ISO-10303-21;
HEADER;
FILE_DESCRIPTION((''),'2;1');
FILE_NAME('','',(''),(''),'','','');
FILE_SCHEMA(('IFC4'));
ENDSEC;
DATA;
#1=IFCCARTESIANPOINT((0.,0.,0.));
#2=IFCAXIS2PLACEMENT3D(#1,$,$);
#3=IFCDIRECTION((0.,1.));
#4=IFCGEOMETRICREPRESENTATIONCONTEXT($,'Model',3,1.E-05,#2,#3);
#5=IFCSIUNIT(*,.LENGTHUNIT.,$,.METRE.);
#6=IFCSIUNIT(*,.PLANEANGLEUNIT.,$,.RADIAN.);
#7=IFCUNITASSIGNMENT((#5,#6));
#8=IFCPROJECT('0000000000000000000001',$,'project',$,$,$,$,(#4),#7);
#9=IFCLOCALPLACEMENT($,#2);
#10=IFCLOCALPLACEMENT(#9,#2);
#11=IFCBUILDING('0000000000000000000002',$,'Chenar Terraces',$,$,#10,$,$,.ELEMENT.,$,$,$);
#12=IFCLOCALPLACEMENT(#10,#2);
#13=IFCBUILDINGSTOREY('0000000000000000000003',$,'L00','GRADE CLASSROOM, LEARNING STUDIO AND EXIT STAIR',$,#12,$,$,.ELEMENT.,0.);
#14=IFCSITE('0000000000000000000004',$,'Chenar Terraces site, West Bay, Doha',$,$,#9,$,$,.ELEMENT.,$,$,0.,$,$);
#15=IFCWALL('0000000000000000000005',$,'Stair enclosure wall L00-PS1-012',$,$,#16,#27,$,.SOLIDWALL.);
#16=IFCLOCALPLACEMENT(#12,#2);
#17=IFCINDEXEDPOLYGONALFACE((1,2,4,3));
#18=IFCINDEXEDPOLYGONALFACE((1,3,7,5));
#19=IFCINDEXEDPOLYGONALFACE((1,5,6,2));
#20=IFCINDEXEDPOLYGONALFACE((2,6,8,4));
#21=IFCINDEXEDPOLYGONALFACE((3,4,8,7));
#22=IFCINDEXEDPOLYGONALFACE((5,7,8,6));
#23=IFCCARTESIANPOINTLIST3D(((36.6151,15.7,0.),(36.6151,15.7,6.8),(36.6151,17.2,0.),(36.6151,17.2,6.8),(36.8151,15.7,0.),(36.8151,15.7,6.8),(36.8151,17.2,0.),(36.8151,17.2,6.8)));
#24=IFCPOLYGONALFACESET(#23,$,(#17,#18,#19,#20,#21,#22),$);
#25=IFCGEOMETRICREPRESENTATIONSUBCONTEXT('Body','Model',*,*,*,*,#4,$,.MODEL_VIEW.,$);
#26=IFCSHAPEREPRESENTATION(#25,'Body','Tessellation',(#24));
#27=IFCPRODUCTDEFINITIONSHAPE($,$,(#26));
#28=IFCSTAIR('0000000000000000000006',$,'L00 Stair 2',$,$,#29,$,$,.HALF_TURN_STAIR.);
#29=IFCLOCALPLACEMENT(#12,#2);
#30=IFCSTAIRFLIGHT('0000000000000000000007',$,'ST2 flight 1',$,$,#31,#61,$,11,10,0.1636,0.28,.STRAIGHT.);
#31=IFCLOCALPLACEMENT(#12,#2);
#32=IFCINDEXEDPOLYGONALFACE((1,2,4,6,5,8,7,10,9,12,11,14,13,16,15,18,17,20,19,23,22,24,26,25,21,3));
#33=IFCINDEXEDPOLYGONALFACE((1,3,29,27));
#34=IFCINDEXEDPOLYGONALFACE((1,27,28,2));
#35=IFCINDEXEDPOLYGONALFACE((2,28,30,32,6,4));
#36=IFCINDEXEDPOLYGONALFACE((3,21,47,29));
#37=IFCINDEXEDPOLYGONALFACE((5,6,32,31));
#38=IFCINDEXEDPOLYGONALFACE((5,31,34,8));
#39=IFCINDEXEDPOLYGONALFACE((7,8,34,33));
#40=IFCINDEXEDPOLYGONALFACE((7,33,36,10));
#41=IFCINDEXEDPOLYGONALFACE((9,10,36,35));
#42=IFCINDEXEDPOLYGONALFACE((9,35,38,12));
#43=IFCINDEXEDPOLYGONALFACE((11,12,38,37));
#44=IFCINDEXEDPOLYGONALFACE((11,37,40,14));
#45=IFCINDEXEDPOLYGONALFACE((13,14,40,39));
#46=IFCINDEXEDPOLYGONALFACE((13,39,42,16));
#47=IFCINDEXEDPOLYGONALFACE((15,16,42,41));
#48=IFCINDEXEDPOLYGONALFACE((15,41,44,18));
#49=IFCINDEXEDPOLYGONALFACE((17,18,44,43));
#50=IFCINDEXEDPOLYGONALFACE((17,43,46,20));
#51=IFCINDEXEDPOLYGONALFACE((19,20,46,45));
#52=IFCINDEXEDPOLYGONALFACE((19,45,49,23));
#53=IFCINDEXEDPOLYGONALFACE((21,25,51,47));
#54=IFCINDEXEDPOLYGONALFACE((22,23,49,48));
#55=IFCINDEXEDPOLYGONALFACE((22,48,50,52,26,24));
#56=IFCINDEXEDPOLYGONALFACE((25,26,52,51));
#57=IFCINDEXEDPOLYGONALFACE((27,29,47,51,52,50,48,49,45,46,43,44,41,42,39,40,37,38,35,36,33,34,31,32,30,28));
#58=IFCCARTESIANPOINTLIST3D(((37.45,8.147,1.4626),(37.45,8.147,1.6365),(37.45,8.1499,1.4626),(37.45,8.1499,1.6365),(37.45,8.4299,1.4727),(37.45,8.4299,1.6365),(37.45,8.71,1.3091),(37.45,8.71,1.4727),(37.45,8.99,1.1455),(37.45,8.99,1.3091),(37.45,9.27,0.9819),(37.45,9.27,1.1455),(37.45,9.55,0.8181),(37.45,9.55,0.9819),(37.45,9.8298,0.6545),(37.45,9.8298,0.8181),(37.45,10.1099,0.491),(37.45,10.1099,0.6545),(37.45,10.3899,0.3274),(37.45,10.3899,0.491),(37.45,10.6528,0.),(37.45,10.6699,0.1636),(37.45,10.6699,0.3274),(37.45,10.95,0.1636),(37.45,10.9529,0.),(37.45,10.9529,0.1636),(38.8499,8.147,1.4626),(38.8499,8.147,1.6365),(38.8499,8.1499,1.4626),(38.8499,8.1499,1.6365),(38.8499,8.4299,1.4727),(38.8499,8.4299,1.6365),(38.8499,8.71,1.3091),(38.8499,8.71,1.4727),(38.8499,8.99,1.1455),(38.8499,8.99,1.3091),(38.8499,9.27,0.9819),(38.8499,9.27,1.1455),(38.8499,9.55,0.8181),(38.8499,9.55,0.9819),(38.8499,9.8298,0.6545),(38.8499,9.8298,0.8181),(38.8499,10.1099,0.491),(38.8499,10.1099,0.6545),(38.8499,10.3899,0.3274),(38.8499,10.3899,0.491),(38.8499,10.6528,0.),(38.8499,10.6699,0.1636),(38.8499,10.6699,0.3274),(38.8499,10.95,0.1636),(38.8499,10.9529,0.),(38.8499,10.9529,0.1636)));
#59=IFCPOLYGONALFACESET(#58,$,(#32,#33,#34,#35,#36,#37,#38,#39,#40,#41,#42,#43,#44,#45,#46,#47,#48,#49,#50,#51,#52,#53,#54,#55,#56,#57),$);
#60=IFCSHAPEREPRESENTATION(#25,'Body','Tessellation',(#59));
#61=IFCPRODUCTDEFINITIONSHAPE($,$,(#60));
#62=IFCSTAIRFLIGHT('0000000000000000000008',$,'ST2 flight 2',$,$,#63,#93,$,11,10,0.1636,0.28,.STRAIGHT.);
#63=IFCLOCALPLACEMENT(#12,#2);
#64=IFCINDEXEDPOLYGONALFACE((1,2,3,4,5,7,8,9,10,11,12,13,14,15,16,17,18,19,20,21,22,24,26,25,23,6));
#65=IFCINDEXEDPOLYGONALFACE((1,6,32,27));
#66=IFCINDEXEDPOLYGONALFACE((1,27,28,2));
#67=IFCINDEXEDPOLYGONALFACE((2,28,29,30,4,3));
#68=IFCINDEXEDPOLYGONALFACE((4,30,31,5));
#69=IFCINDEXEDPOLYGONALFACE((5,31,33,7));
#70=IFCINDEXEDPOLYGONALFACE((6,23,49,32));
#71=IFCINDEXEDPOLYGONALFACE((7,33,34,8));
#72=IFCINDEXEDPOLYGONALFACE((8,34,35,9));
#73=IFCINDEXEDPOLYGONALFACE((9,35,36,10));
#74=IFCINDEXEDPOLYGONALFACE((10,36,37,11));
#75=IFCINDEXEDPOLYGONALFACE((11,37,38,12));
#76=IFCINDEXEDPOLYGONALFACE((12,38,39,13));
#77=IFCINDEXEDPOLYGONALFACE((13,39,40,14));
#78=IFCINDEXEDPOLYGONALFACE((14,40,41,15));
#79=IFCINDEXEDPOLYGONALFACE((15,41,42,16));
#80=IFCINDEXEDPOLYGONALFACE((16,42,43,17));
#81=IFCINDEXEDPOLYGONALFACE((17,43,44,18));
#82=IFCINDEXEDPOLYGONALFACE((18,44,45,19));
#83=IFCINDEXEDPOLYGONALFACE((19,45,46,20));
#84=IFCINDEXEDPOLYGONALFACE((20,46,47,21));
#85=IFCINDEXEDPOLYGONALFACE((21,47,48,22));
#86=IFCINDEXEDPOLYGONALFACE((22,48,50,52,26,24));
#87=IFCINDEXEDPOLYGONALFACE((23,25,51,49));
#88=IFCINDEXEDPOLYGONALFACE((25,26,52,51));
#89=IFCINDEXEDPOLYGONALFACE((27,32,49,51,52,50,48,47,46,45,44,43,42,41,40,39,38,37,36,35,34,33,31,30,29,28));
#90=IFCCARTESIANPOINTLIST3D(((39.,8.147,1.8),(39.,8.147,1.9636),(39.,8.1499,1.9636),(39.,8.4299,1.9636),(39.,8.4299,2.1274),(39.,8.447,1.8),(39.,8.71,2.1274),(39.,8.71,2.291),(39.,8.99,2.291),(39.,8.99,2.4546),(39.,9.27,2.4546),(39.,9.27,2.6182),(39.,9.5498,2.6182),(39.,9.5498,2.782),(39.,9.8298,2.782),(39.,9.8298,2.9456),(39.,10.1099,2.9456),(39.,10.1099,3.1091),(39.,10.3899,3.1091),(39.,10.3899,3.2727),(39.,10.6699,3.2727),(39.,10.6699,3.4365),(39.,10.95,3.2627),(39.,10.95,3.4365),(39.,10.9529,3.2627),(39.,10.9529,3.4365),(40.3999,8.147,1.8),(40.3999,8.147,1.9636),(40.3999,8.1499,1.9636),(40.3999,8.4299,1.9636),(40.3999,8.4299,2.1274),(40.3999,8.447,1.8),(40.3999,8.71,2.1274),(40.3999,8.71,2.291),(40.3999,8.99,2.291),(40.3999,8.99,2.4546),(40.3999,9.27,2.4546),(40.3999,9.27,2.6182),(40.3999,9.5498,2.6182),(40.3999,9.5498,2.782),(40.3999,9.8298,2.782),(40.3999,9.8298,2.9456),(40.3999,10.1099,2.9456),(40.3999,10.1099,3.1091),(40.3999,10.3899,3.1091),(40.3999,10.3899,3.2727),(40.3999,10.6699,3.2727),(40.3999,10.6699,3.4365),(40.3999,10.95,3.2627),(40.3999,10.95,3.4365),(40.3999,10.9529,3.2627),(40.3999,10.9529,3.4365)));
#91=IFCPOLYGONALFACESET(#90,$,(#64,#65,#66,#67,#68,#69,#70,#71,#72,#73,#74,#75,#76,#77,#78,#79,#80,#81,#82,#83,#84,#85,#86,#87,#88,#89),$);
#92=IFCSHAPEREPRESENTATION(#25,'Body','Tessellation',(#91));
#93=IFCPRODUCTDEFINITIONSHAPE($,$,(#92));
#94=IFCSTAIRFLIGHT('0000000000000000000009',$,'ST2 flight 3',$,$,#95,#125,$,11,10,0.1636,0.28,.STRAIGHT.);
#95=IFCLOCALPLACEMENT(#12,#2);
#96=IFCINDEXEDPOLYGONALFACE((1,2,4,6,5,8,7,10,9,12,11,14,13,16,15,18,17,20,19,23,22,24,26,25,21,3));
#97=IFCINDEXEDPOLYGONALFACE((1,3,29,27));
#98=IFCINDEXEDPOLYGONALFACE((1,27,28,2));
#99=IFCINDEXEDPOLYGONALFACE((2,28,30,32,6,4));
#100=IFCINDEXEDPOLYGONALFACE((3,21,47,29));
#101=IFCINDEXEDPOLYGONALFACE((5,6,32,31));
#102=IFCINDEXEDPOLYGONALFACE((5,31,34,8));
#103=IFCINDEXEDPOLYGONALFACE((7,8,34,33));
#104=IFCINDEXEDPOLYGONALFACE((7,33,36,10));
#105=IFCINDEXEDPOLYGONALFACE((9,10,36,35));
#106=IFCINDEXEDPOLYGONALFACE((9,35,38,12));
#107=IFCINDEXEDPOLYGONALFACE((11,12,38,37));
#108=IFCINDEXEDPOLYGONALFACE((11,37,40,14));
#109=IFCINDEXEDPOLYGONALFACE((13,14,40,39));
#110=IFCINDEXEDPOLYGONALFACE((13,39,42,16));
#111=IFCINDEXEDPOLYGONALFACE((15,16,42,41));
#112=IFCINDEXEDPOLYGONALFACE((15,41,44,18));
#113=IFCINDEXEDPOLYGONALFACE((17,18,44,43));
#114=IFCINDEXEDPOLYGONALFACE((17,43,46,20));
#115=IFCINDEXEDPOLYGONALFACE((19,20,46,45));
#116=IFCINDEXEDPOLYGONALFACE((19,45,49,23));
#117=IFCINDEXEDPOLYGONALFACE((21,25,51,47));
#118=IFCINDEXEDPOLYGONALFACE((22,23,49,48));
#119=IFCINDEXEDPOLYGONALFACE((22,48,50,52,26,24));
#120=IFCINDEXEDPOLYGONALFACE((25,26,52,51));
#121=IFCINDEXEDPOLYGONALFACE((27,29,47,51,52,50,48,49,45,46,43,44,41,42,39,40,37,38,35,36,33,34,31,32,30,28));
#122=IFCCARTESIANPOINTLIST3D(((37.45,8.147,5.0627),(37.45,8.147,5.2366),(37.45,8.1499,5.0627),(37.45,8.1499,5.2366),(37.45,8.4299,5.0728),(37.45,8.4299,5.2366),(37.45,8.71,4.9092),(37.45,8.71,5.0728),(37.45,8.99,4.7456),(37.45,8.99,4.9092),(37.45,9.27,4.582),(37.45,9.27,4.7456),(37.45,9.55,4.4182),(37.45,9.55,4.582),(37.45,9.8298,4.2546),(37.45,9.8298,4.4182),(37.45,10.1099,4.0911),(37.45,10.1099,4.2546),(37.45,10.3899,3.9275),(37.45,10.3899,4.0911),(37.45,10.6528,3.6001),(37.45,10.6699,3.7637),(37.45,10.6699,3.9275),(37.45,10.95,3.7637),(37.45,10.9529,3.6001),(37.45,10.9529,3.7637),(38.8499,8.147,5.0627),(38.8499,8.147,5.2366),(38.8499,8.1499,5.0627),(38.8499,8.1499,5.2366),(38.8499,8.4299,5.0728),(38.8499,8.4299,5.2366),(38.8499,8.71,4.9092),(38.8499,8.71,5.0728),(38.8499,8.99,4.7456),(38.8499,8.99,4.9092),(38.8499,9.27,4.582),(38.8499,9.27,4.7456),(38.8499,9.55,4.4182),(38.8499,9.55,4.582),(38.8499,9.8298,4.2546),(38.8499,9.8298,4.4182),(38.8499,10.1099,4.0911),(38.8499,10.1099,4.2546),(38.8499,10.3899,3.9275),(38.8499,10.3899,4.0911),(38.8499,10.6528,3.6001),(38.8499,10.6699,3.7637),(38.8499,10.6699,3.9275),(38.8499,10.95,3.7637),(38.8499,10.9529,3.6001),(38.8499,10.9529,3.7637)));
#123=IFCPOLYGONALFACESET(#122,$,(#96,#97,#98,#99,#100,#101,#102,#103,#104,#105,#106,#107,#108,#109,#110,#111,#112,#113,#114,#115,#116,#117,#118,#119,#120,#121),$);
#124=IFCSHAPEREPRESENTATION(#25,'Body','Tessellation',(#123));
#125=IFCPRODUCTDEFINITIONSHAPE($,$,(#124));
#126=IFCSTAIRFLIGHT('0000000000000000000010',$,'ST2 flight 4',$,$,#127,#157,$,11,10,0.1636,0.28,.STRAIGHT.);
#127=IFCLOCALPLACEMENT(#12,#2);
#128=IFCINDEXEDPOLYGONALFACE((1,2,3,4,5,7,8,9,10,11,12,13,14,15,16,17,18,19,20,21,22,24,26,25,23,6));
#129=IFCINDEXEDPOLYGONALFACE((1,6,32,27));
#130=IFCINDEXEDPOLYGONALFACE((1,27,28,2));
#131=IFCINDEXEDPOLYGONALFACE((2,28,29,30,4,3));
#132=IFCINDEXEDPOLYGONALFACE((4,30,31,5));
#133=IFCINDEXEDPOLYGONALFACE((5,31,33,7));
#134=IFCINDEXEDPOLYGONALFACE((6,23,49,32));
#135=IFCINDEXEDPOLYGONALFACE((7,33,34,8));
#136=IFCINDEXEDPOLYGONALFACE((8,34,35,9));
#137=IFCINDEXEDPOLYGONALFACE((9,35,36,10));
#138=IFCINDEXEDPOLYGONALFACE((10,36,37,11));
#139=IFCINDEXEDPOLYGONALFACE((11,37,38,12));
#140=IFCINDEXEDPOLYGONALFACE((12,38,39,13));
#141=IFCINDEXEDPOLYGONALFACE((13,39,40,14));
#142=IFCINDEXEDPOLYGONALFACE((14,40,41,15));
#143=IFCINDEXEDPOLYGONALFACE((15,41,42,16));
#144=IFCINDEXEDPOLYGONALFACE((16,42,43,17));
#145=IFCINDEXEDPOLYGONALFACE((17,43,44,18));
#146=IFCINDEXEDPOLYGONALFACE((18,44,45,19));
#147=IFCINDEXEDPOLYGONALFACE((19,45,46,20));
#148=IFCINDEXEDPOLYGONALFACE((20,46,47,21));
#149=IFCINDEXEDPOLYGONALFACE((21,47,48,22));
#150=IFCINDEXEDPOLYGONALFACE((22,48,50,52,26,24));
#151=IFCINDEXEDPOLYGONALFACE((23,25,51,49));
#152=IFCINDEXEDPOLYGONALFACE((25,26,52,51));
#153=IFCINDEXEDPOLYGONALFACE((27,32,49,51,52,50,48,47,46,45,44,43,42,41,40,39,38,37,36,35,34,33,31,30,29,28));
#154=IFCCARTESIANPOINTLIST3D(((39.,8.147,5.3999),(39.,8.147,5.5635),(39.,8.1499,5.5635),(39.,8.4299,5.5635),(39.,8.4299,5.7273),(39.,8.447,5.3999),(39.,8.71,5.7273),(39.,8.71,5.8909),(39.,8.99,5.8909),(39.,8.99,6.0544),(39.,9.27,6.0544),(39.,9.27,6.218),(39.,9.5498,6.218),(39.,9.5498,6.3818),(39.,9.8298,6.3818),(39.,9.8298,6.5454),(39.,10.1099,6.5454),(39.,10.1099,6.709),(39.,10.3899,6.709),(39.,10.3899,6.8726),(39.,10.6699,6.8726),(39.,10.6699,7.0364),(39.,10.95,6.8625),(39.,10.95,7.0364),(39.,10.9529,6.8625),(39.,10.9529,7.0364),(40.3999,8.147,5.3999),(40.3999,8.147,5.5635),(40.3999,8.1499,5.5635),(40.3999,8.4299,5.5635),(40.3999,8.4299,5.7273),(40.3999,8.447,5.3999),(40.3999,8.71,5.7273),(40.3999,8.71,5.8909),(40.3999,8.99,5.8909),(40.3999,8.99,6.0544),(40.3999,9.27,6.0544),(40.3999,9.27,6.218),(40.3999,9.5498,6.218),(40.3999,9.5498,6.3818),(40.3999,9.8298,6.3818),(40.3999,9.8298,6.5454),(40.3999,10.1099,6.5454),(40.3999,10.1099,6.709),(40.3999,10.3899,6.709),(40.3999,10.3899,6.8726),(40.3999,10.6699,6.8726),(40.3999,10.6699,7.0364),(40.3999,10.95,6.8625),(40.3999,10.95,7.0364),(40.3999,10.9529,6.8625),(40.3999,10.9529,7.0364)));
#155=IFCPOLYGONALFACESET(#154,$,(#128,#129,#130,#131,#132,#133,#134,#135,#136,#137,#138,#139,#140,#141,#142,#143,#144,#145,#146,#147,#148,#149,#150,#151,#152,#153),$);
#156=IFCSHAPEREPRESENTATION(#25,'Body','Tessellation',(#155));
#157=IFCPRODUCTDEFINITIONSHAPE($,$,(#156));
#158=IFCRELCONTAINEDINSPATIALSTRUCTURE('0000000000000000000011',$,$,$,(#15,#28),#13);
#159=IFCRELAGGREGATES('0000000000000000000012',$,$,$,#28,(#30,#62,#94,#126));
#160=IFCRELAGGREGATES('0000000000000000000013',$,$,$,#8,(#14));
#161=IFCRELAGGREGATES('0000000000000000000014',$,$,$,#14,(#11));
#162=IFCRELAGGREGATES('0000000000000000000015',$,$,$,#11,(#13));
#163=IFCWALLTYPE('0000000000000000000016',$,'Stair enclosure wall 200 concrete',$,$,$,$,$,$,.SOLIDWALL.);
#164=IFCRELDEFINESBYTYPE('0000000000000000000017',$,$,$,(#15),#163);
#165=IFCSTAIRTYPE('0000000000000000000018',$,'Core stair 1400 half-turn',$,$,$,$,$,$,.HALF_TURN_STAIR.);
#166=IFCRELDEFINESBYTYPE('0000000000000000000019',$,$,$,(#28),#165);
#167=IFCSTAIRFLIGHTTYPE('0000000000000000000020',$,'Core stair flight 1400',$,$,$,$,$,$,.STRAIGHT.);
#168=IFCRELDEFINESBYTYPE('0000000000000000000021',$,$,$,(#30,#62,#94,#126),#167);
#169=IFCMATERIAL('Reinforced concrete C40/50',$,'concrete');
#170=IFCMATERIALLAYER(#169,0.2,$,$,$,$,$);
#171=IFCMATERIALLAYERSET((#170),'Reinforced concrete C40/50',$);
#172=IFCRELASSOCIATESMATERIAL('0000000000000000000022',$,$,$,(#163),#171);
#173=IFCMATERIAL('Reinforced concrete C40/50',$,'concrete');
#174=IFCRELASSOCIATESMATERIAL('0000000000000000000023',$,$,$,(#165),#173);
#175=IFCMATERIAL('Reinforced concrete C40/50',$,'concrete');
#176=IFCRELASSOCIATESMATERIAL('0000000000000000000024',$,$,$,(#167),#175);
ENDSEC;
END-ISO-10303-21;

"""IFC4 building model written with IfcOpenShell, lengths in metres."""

from ifc_helpers import new_model, si_unit, direction, frame, frame_2d, origin, place, context, subcontext, project, spatial, polyline, rectangle, outline, extrude, material, layer, layer_set, type_object, element, aggregate, save


model = new_model("IFC4")

# Units and contexts
model_context = context("Model", 3, precision=1e-05, world=origin(), true_north=direction((0.0, 1.0)))
body_context = subcontext(model_context, "Body", "Model", "MODEL_VIEW")
ifc_project = project(units=[si_unit("LENGTHUNIT", "METRE"), si_unit("PLANEANGLEUNIT", "RADIAN")], contexts=[model_context])

# Site, building, storey
site_placement = place(None, origin())
site = spatial("IfcSite", under=ifc_project, at=site_placement, Name="Chenar Terraces site, West Bay, Doha", CompositionType="ELEMENT", RefElevation=0.0)
building_placement = place(site_placement, origin())
building = spatial("IfcBuilding", under=site, at=building_placement, Name="Chenar Terraces", CompositionType="ELEMENT")
storey_placement = place(building_placement, origin())
storey = spatial("IfcBuildingStorey", under=building, at=storey_placement, Name="L00", Description="GRADE CLASSROOM, LEARNING STUDIO AND EXIT STAIR", CompositionType="ELEMENT", Elevation=0.0)

# Wall
ifc_material_1 = material(Name="Reinforced concrete C40/50", Category="concrete")
ifc_layer_1 = layer(ifc_material_1, 0.2)
ifc_layer_set_1 = layer_set([ifc_layer_1], Name="Reinforced concrete C40/50")
wall_type_1 = type_object("IfcWallType", Name="Stair enclosure wall 200 concrete", PredefinedType="SOLIDWALL", material=ifc_layer_set_1)
wall_1_placement = place(storey_placement, frame((36.7151, 15.7, 0.0), z_axis=(0.0, 0.0, 1.0), x_axis=(0.0, 1.0, 0.0)))
element("IfcWall", 1, at=wall_1_placement, inside=storey, type_object=wall_type_1, Name="Stair enclosure wall L00-PS1-012", PredefinedType="SOLIDWALL", context=body_context, shape_type="SweptSolid", body=[
    extrude(rectangle(XDim=1.5, YDim=0.2, at=frame_2d((0.75, 0.0))), origin(), (0.0, 0.0, 1.0), 6.8),
])

# Stair, stair flights
ifc_material_2 = material(Name="Reinforced concrete C40/50", Category="concrete")
stair_type = type_object("IfcStairType", Name="Core stair 1400 half-turn", PredefinedType="HALF_TURN_STAIR", material=ifc_material_2)
stair_placement = place(storey_placement, origin())
stair = element("IfcStair", 2, at=stair_placement, inside=storey, type_object=stair_type, Name="L00 Stair 2", PredefinedType="HALF_TURN_STAIR")
ifc_material_3 = material(Name="Reinforced concrete C40/50", Category="concrete")
stair_flight_type = type_object("IfcStairFlightType", Name="Core stair flight 1400", PredefinedType="STRAIGHT", material=ifc_material_3)
stair_flight_1_placement = place(storey_placement, frame((38.1499, 10.95, 0.0), z_axis=(0.0, 0.0, 1.0), x_axis=(0.0, -1.0, 0.0)))
stair_flight_1 = element("IfcStairFlight", 3, at=stair_flight_1_placement, type_object=stair_flight_type, Name="ST2 flight 1", NumberOfRisers=11, NumberOfTreads=10, PredefinedType="STRAIGHT", RiserHeight=0.1636, TreadLength=0.28, context=body_context, shape_type="SweptSolid", body=[
    extrude(outline(polyline([(-0.0029, 0.0), (-0.0029, 0.1636), (0.0, 0.1636), (0.28, 0.1636), (0.28, 0.3274), (0.5601, 0.3274), (0.5601, 0.491), (0.8401, 0.491), (0.8401, 0.6545), (1.1201, 0.6545), (1.1201, 0.8181), (1.3999, 0.8181), (1.3999, 0.9819), (1.6799, 0.9819), (1.6799, 1.1455), (1.96, 1.1455), (1.96, 1.3091), (2.24, 1.3091), (2.24, 1.4727), (2.52, 1.4727), (2.52, 1.6365), (2.8, 1.6365), (2.803, 1.6365), (2.803, 1.4626), (2.8, 1.4626), (0.2971, 0.0), (-0.0029, 0.0)])), frame((0.0, 0.7, 0.0), z_axis=(0.0, -1.0, 0.0), x_axis=(1.0, 0.0, 0.0)), (0.0, 0.0, 1.0), 1.3999),
])
stair_flight_2_placement = place(storey_placement, frame((39.7, 8.1499, 1.8), z_axis=(0.0, 0.0, 1.0), x_axis=(0.0, 1.0, 0.0)))
stair_flight_2 = element("IfcStairFlight", 4, at=stair_flight_2_placement, type_object=stair_flight_type, Name="ST2 flight 2", NumberOfRisers=11, NumberOfTreads=10, PredefinedType="STRAIGHT", RiserHeight=0.1636, TreadLength=0.28, context=body_context, shape_type="SweptSolid", body=[
    extrude(outline(polyline([(-0.0029, 0.0), (-0.0029, 0.1636), (0.0, 0.1636), (0.28, 0.1636), (0.28, 0.3274), (0.5601, 0.3274), (0.5601, 0.491), (0.8401, 0.491), (0.8401, 0.6545), (1.1201, 0.6545), (1.1201, 0.8181), (1.3999, 0.8181), (1.3999, 0.9819), (1.6799, 0.9819), (1.6799, 1.1455), (1.96, 1.1455), (1.96, 1.3091), (2.24, 1.3091), (2.24, 1.4727), (2.52, 1.4727), (2.52, 1.6365), (2.8, 1.6365), (2.803, 1.6365), (2.803, 1.4626), (2.8, 1.4626), (0.2971, 0.0), (-0.0029, 0.0)])), frame((0.0, 0.7, 0.0), z_axis=(0.0, -1.0, 0.0), x_axis=(1.0, 0.0, 0.0)), (0.0, 0.0, 1.0), 1.3999),
])
stair_flight_3_placement = place(storey_placement, frame((38.1499, 10.95, 3.6001), z_axis=(0.0, 0.0, 1.0), x_axis=(0.0, -1.0, 0.0)))
stair_flight_3 = element("IfcStairFlight", 5, at=stair_flight_3_placement, type_object=stair_flight_type, Name="ST2 flight 3", NumberOfRisers=11, NumberOfTreads=10, PredefinedType="STRAIGHT", RiserHeight=0.1636, TreadLength=0.28, context=body_context, shape_type="SweptSolid", body=[
    extrude(outline(polyline([(-0.0029, 0.0), (-0.0029, 0.1636), (0.0, 0.1636), (0.28, 0.1636), (0.28, 0.3274), (0.5601, 0.3274), (0.5601, 0.491), (0.8401, 0.491), (0.8401, 0.6545), (1.1201, 0.6545), (1.1201, 0.8181), (1.3999, 0.8181), (1.3999, 0.9819), (1.6799, 0.9819), (1.6799, 1.1455), (1.96, 1.1455), (1.96, 1.3091), (2.24, 1.3091), (2.24, 1.4727), (2.52, 1.4727), (2.52, 1.6365), (2.8, 1.6365), (2.803, 1.6365), (2.803, 1.4626), (2.8, 1.4626), (0.2971, 0.0), (-0.0029, 0.0)])), frame((0.0, 0.7, 0.0), z_axis=(0.0, -1.0, 0.0), x_axis=(1.0, 0.0, 0.0)), (0.0, 0.0, 1.0), 1.3999),
])
stair_flight_4_placement = place(storey_placement, frame((39.7, 8.1499, 5.3999), z_axis=(0.0, 0.0, 1.0), x_axis=(0.0, 1.0, 0.0)))
stair_flight_4 = element("IfcStairFlight", 6, at=stair_flight_4_placement, type_object=stair_flight_type, Name="ST2 flight 4", NumberOfRisers=11, NumberOfTreads=10, PredefinedType="STRAIGHT", RiserHeight=0.1636, TreadLength=0.28, context=body_context, shape_type="SweptSolid", body=[
    extrude(outline(polyline([(-0.0029, 0.0), (-0.0029, 0.1636), (0.0, 0.1636), (0.28, 0.1636), (0.28, 0.3274), (0.5601, 0.3274), (0.5601, 0.491), (0.8401, 0.491), (0.8401, 0.6545), (1.1201, 0.6545), (1.1201, 0.8181), (1.3999, 0.8181), (1.3999, 0.9819), (1.6799, 0.9819), (1.6799, 1.1455), (1.96, 1.1455), (1.96, 1.3091), (2.24, 1.3091), (2.24, 1.4727), (2.52, 1.4727), (2.52, 1.6365), (2.8, 1.6365), (2.803, 1.6365), (2.803, 1.4626), (2.8, 1.4626), (0.2971, 0.0), (-0.0029, 0.0)])), frame((0.0, 0.7, 0.0), z_axis=(0.0, -1.0, 0.0), x_axis=(1.0, 0.0, 0.0)), (0.0, 0.0, 1.0), 1.3999),
])
aggregate(stair, [stair_flight_1, stair_flight_2, stair_flight_3, stair_flight_4])

save(model, "model.ifc")
